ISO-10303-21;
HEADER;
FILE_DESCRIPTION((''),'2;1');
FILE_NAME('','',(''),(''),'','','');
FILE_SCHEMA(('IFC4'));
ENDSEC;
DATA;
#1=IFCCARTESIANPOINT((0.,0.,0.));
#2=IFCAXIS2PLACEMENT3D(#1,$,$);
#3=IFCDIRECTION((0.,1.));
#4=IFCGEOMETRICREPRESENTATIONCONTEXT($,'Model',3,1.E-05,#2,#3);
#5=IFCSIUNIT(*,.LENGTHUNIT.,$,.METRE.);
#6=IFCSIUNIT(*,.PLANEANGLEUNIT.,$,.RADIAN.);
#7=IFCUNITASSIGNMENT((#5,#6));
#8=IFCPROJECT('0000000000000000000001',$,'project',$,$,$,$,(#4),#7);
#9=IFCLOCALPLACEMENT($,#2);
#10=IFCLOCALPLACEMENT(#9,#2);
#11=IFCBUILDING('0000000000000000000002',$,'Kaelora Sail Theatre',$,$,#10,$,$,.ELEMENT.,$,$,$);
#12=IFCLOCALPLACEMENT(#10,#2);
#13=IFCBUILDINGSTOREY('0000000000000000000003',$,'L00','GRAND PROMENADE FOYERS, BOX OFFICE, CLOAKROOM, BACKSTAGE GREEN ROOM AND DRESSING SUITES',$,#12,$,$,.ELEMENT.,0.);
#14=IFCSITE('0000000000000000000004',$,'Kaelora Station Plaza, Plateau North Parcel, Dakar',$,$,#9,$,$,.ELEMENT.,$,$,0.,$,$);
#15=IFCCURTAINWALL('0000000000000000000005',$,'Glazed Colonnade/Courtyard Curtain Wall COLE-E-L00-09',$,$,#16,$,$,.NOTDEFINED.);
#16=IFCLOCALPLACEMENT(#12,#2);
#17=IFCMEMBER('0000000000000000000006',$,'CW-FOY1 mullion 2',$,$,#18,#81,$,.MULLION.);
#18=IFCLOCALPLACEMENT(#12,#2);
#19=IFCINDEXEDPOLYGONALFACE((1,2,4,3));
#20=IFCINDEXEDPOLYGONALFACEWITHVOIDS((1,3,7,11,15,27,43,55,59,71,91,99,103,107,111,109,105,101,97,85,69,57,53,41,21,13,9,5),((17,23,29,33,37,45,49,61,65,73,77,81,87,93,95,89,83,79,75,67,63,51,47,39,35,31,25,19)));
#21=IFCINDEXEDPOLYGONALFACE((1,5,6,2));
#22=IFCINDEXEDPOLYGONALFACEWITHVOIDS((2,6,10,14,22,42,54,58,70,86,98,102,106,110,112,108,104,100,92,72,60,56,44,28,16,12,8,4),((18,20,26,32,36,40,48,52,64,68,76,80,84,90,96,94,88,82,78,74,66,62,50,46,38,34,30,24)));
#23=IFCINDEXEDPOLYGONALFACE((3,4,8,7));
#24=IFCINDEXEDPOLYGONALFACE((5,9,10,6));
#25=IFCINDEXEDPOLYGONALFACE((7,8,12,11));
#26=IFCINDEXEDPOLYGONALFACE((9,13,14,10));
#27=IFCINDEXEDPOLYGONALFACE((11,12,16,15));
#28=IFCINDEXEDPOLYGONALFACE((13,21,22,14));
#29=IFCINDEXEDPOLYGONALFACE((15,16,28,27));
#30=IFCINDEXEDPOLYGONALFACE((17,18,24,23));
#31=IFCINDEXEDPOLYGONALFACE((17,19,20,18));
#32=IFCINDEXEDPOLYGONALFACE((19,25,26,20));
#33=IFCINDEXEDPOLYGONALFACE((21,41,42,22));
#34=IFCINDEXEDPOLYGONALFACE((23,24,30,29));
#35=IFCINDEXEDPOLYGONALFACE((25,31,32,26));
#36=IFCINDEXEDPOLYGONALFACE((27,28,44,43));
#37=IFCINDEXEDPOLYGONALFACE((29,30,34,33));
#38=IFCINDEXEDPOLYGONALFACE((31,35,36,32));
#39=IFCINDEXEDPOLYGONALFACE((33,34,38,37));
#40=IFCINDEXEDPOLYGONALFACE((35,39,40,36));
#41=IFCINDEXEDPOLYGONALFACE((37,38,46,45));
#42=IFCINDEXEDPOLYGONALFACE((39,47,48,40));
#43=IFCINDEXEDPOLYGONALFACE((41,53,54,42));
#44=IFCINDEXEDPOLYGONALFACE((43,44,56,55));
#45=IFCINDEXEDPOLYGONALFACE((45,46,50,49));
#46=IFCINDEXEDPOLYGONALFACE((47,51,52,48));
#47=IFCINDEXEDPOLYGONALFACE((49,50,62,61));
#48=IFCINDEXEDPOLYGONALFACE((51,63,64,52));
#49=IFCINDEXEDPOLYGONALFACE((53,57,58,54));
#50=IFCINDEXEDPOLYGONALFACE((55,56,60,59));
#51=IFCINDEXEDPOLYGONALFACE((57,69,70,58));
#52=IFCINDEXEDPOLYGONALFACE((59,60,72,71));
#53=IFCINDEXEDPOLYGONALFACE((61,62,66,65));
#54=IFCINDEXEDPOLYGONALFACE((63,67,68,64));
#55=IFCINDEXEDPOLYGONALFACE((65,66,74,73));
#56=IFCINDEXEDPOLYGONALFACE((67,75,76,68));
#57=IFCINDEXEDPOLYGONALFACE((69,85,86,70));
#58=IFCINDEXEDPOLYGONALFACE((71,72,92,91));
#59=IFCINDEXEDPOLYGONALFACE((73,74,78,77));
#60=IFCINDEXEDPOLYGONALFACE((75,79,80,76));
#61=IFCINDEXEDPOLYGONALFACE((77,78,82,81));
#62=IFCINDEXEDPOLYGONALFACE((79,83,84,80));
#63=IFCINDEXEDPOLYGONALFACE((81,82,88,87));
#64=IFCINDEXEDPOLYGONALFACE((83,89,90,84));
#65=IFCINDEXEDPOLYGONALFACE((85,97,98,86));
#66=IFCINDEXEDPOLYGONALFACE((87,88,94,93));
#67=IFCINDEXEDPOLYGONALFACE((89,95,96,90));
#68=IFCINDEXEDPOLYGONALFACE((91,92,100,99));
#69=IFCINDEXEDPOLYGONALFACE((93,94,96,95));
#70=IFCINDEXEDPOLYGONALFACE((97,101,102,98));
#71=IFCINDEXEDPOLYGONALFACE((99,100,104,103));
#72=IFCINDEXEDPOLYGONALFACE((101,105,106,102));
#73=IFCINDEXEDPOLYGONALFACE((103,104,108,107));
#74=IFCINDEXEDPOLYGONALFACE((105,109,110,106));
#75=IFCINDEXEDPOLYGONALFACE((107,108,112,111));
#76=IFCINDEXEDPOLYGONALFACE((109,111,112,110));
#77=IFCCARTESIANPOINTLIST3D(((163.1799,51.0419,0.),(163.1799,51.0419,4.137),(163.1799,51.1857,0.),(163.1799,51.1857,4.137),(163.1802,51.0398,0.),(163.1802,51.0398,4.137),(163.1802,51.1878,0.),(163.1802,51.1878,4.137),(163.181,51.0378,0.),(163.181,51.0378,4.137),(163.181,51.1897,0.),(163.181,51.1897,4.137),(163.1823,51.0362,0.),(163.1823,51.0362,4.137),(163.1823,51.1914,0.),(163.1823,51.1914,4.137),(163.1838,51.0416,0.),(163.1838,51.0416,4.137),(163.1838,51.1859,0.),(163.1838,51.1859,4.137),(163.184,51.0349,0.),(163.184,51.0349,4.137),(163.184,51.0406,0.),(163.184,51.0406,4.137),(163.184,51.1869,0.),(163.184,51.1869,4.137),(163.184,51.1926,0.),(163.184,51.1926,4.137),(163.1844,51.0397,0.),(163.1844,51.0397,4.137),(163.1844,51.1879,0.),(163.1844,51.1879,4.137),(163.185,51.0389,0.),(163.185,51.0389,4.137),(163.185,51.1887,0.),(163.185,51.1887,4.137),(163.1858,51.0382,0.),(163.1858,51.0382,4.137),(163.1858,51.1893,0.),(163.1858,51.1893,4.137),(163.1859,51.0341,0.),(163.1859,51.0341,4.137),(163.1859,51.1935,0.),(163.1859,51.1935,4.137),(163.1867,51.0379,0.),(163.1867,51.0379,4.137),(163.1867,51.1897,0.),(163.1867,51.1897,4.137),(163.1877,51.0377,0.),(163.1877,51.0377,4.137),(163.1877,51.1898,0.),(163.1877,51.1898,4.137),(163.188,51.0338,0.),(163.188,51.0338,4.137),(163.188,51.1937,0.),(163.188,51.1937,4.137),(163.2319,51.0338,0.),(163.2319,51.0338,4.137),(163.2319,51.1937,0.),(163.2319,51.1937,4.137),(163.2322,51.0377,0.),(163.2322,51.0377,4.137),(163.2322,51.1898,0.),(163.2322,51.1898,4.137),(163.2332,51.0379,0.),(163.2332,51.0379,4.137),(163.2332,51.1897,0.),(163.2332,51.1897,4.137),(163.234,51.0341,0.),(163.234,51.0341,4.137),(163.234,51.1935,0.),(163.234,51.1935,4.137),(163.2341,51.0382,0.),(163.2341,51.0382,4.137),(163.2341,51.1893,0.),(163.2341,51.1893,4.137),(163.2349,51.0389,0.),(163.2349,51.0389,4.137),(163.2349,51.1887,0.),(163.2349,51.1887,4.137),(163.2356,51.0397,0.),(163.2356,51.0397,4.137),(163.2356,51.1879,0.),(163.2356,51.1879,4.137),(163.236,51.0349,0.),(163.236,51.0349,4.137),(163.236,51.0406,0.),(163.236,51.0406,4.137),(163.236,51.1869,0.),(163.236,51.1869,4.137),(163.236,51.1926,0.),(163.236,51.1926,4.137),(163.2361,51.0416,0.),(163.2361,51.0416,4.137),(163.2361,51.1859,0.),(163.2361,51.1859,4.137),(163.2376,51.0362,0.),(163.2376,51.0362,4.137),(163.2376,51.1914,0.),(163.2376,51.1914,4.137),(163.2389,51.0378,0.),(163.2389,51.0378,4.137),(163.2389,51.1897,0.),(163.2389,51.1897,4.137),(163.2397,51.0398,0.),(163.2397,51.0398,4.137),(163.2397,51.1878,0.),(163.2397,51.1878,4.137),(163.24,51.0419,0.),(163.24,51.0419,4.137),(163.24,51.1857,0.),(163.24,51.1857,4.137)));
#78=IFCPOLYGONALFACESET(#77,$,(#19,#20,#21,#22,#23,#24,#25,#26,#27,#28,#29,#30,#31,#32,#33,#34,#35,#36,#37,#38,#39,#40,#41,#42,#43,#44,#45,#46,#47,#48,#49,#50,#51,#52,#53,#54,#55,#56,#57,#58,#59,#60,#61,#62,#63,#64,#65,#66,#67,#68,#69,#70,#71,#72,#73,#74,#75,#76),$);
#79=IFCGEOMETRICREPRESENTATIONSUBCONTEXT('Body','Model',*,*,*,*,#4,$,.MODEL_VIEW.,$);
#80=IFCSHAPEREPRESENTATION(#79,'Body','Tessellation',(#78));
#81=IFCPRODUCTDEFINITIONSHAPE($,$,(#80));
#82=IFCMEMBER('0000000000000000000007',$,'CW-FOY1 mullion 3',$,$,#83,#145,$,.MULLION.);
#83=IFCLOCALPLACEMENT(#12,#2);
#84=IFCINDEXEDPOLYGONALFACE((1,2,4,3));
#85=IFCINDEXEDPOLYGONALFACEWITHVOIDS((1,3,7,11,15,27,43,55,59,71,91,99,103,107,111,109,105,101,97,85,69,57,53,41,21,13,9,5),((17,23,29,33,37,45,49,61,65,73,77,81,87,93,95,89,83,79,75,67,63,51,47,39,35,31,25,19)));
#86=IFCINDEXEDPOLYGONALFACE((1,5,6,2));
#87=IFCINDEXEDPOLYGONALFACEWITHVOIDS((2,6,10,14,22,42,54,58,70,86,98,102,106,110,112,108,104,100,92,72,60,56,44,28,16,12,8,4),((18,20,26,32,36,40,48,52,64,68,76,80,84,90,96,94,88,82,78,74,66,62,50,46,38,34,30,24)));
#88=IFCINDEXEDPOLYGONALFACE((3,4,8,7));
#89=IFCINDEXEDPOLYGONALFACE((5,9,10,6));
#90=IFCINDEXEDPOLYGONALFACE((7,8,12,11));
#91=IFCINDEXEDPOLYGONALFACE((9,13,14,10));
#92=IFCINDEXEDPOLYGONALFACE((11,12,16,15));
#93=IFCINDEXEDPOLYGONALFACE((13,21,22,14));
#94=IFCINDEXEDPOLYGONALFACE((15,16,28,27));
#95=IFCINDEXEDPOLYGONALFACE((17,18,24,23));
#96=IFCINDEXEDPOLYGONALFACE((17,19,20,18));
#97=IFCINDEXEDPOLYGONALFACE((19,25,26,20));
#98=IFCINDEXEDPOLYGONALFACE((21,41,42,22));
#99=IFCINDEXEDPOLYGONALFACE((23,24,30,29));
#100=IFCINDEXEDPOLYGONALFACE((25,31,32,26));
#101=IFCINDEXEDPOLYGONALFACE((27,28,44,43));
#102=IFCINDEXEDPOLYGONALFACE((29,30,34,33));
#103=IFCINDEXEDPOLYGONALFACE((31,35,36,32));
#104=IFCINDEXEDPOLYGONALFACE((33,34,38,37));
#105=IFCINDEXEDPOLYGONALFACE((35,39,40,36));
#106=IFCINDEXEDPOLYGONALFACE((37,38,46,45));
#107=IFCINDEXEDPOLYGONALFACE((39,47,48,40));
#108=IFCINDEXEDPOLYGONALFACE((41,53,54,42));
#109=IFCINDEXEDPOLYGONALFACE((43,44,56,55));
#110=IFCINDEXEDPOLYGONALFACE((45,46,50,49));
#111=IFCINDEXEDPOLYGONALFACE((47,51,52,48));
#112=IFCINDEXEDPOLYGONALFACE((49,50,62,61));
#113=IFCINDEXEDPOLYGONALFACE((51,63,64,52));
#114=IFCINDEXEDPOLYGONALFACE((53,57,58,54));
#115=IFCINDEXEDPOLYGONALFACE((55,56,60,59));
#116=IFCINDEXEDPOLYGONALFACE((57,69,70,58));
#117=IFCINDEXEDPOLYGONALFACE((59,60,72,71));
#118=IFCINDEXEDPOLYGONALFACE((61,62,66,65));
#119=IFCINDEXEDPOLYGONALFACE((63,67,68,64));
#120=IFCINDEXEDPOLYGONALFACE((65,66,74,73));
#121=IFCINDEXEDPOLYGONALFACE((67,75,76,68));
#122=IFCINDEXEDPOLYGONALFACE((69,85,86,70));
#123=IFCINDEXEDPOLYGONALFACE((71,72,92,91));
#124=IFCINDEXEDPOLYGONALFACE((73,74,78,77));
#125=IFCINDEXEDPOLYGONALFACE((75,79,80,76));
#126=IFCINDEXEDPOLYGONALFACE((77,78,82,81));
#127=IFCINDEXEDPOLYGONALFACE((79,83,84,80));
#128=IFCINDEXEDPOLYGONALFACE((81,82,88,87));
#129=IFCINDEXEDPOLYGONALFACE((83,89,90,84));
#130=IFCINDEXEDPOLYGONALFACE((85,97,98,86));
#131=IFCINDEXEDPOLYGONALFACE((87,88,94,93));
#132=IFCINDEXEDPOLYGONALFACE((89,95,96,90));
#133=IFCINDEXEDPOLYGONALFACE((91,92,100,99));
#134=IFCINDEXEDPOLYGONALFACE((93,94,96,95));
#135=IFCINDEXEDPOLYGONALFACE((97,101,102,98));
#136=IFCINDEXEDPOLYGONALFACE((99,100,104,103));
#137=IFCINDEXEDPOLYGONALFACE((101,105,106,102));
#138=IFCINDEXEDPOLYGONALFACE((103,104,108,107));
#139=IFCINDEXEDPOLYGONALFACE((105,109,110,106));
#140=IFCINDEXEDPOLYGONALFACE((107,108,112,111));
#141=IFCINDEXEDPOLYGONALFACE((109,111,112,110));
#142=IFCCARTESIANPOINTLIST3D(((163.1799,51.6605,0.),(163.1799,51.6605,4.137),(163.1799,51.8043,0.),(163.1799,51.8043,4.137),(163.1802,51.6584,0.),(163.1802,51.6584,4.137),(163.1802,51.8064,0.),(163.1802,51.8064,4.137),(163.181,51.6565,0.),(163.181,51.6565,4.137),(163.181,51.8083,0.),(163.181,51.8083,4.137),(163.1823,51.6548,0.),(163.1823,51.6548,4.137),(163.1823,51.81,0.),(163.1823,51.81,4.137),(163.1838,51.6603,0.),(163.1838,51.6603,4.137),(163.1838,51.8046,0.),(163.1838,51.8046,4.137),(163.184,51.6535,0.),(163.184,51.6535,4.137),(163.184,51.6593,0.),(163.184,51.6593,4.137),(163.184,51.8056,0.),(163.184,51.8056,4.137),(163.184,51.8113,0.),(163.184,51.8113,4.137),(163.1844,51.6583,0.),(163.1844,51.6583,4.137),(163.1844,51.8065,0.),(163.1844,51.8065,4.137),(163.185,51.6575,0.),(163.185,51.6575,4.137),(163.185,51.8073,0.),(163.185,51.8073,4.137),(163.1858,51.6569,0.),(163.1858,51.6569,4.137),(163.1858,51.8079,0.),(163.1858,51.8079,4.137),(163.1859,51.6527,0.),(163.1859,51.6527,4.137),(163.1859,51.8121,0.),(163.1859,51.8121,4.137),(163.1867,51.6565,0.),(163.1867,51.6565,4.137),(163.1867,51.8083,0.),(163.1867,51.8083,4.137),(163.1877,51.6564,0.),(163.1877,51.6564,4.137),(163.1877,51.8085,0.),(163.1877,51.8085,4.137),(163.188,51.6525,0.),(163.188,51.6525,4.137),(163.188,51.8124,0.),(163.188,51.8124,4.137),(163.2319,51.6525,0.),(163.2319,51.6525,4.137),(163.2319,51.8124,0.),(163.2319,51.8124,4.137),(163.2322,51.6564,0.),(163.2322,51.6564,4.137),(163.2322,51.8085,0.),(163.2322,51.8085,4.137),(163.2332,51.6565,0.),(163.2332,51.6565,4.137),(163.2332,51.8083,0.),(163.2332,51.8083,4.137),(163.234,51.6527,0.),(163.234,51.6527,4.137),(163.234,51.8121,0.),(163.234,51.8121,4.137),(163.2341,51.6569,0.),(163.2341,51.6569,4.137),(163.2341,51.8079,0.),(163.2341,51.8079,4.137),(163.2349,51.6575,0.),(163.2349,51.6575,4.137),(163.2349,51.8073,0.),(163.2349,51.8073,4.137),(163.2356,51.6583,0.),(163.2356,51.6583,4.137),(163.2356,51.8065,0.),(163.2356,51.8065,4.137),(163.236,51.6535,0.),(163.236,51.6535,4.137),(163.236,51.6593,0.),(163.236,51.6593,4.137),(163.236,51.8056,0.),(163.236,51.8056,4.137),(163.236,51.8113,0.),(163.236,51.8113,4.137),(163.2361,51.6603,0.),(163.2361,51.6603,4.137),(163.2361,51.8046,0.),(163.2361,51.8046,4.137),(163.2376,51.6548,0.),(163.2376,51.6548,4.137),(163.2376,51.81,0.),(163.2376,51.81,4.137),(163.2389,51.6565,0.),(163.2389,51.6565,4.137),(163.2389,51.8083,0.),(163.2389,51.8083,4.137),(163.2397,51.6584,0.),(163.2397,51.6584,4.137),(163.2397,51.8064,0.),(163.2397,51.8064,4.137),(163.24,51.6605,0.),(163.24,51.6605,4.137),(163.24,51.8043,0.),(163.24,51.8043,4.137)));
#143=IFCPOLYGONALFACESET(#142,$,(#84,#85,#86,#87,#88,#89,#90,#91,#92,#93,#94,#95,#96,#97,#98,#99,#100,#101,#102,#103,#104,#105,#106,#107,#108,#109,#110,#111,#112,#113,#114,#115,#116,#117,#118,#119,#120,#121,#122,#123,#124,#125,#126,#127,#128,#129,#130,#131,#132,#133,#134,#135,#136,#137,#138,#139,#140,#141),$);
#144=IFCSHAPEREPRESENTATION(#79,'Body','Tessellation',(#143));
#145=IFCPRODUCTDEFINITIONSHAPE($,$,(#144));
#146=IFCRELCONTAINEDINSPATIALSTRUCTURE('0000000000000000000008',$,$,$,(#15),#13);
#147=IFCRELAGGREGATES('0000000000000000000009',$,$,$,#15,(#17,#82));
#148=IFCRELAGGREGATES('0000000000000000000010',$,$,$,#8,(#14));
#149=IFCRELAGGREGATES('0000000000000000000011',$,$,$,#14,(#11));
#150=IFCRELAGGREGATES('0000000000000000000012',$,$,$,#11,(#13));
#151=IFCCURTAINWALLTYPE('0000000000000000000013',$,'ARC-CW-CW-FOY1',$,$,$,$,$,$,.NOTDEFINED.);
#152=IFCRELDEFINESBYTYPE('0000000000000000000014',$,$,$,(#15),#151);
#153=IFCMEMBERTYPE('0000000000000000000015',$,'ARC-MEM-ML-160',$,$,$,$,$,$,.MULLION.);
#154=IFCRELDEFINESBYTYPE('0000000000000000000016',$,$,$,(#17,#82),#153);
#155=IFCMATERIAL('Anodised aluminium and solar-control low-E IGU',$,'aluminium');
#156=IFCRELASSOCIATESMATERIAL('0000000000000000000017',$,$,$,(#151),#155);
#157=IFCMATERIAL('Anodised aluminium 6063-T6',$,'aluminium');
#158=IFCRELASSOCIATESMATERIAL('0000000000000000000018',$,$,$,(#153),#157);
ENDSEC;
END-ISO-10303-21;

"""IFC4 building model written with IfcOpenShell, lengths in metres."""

from ifc_helpers import new_model, si_unit, direction, frame, origin, origin_2d, place, context, subcontext, project, spatial, hollow_rectangle, extrude, material, material_profile, profile_set, type_object, element, aggregate, save


model = new_model("IFC4")

# Units and contexts
model_context = context("Model", 3, precision=1e-05, world=origin(), true_north=direction((0.0, 1.0)))
body_context = subcontext(model_context, "Body", "Model", "MODEL_VIEW")
ifc_project = project(units=[si_unit("LENGTHUNIT", "METRE"), si_unit("PLANEANGLEUNIT", "RADIAN")], contexts=[model_context])

# Site, building, storey
site_placement = place(None, origin())
site = spatial("IfcSite", under=ifc_project, at=site_placement, Name="Kaelora Station Plaza, Plateau North Parcel, Dakar", CompositionType="ELEMENT", RefElevation=0.0)
building_placement = place(site_placement, origin())
building = spatial("IfcBuilding", under=site, at=building_placement, Name="Kaelora Sail Theatre", CompositionType="ELEMENT")
storey_placement = place(building_placement, origin())
storey = spatial("IfcBuildingStorey", under=building, at=storey_placement, Name="L00", Description="GRAND PROMENADE FOYERS, BOX OFFICE, CLOAKROOM, BACKSTAGE GREEN ROOM AND DRESSING SUITES", CompositionType="ELEMENT", Elevation=0.0)

# Curtain wall, members
ifc_material_1 = material(Name="Anodised aluminium and solar-control low-E IGU", Category="aluminium")
curtain_wall_type = type_object("IfcCurtainWallType", Name="ARC-CW-CW-FOY1", PredefinedType="NOTDEFINED", material=ifc_material_1)
curtain_wall_placement = place(storey_placement, origin())
curtain_wall = element("IfcCurtainWall", 1, at=curtain_wall_placement, inside=storey, type_object=curtain_wall_type, Name="Glazed Colonnade/Courtyard Curtain Wall COLE-E-L00-09", PredefinedType="NOTDEFINED")
ifc_material_2 = material(Name="Anodised aluminium 6063-T6", Category="aluminium")
ifc_material_profile_1 = material_profile(ifc_material_2, hollow_rectangle(XDim=0.0601, YDim=0.1599, WallThickness=0.0039, InnerFilletRadius=0.0039, OuterFilletRadius=0.0081, at=origin_2d()), Name="ALU-MULL 60x160x4")
ifc_profile_set_1 = profile_set([ifc_material_profile_1], Name="Anodised aluminium 6063-T6")
member_type_1 = type_object("IfcMemberType", Name="ARC-MEM-ML-160", PredefinedType="MULLION", material=ifc_profile_set_1)
member_1_placement = place(storey_placement, frame((163.21, 51.1138, 0.0), z_axis=(0.0, 0.0, 1.0), x_axis=(-1.0, 0.0, 0.0)))
member_1 = element("IfcMember", 2, at=member_1_placement, type_object=member_type_1, Name="CW-FOY1 mullion 2", PredefinedType="MULLION", context=body_context, shape_type="SweptSolid", body=[
    extrude(hollow_rectangle(XDim=0.0601, YDim=0.1599, WallThickness=0.0039, InnerFilletRadius=0.0039, OuterFilletRadius=0.0081, at=origin_2d()), origin(), (0.0, 0.0, 1.0), 4.137),
])
member_2_placement = place(storey_placement, frame((163.21, 51.7324, 0.0), z_axis=(0.0, 0.0, 1.0), x_axis=(-1.0, 0.0, 0.0)))
member_2 = element("IfcMember", 3, at=member_2_placement, type_object=member_type_1, Name="CW-FOY1 mullion 3", PredefinedType="MULLION", context=body_context, shape_type="SweptSolid", body=[
    extrude(hollow_rectangle(XDim=0.0601, YDim=0.1599, WallThickness=0.0039, InnerFilletRadius=0.0039, OuterFilletRadius=0.0081, at=origin_2d()), origin(), (0.0, 0.0, 1.0), 4.137),
])
aggregate(curtain_wall, [member_1, member_2])

save(model, "model.ifc")
